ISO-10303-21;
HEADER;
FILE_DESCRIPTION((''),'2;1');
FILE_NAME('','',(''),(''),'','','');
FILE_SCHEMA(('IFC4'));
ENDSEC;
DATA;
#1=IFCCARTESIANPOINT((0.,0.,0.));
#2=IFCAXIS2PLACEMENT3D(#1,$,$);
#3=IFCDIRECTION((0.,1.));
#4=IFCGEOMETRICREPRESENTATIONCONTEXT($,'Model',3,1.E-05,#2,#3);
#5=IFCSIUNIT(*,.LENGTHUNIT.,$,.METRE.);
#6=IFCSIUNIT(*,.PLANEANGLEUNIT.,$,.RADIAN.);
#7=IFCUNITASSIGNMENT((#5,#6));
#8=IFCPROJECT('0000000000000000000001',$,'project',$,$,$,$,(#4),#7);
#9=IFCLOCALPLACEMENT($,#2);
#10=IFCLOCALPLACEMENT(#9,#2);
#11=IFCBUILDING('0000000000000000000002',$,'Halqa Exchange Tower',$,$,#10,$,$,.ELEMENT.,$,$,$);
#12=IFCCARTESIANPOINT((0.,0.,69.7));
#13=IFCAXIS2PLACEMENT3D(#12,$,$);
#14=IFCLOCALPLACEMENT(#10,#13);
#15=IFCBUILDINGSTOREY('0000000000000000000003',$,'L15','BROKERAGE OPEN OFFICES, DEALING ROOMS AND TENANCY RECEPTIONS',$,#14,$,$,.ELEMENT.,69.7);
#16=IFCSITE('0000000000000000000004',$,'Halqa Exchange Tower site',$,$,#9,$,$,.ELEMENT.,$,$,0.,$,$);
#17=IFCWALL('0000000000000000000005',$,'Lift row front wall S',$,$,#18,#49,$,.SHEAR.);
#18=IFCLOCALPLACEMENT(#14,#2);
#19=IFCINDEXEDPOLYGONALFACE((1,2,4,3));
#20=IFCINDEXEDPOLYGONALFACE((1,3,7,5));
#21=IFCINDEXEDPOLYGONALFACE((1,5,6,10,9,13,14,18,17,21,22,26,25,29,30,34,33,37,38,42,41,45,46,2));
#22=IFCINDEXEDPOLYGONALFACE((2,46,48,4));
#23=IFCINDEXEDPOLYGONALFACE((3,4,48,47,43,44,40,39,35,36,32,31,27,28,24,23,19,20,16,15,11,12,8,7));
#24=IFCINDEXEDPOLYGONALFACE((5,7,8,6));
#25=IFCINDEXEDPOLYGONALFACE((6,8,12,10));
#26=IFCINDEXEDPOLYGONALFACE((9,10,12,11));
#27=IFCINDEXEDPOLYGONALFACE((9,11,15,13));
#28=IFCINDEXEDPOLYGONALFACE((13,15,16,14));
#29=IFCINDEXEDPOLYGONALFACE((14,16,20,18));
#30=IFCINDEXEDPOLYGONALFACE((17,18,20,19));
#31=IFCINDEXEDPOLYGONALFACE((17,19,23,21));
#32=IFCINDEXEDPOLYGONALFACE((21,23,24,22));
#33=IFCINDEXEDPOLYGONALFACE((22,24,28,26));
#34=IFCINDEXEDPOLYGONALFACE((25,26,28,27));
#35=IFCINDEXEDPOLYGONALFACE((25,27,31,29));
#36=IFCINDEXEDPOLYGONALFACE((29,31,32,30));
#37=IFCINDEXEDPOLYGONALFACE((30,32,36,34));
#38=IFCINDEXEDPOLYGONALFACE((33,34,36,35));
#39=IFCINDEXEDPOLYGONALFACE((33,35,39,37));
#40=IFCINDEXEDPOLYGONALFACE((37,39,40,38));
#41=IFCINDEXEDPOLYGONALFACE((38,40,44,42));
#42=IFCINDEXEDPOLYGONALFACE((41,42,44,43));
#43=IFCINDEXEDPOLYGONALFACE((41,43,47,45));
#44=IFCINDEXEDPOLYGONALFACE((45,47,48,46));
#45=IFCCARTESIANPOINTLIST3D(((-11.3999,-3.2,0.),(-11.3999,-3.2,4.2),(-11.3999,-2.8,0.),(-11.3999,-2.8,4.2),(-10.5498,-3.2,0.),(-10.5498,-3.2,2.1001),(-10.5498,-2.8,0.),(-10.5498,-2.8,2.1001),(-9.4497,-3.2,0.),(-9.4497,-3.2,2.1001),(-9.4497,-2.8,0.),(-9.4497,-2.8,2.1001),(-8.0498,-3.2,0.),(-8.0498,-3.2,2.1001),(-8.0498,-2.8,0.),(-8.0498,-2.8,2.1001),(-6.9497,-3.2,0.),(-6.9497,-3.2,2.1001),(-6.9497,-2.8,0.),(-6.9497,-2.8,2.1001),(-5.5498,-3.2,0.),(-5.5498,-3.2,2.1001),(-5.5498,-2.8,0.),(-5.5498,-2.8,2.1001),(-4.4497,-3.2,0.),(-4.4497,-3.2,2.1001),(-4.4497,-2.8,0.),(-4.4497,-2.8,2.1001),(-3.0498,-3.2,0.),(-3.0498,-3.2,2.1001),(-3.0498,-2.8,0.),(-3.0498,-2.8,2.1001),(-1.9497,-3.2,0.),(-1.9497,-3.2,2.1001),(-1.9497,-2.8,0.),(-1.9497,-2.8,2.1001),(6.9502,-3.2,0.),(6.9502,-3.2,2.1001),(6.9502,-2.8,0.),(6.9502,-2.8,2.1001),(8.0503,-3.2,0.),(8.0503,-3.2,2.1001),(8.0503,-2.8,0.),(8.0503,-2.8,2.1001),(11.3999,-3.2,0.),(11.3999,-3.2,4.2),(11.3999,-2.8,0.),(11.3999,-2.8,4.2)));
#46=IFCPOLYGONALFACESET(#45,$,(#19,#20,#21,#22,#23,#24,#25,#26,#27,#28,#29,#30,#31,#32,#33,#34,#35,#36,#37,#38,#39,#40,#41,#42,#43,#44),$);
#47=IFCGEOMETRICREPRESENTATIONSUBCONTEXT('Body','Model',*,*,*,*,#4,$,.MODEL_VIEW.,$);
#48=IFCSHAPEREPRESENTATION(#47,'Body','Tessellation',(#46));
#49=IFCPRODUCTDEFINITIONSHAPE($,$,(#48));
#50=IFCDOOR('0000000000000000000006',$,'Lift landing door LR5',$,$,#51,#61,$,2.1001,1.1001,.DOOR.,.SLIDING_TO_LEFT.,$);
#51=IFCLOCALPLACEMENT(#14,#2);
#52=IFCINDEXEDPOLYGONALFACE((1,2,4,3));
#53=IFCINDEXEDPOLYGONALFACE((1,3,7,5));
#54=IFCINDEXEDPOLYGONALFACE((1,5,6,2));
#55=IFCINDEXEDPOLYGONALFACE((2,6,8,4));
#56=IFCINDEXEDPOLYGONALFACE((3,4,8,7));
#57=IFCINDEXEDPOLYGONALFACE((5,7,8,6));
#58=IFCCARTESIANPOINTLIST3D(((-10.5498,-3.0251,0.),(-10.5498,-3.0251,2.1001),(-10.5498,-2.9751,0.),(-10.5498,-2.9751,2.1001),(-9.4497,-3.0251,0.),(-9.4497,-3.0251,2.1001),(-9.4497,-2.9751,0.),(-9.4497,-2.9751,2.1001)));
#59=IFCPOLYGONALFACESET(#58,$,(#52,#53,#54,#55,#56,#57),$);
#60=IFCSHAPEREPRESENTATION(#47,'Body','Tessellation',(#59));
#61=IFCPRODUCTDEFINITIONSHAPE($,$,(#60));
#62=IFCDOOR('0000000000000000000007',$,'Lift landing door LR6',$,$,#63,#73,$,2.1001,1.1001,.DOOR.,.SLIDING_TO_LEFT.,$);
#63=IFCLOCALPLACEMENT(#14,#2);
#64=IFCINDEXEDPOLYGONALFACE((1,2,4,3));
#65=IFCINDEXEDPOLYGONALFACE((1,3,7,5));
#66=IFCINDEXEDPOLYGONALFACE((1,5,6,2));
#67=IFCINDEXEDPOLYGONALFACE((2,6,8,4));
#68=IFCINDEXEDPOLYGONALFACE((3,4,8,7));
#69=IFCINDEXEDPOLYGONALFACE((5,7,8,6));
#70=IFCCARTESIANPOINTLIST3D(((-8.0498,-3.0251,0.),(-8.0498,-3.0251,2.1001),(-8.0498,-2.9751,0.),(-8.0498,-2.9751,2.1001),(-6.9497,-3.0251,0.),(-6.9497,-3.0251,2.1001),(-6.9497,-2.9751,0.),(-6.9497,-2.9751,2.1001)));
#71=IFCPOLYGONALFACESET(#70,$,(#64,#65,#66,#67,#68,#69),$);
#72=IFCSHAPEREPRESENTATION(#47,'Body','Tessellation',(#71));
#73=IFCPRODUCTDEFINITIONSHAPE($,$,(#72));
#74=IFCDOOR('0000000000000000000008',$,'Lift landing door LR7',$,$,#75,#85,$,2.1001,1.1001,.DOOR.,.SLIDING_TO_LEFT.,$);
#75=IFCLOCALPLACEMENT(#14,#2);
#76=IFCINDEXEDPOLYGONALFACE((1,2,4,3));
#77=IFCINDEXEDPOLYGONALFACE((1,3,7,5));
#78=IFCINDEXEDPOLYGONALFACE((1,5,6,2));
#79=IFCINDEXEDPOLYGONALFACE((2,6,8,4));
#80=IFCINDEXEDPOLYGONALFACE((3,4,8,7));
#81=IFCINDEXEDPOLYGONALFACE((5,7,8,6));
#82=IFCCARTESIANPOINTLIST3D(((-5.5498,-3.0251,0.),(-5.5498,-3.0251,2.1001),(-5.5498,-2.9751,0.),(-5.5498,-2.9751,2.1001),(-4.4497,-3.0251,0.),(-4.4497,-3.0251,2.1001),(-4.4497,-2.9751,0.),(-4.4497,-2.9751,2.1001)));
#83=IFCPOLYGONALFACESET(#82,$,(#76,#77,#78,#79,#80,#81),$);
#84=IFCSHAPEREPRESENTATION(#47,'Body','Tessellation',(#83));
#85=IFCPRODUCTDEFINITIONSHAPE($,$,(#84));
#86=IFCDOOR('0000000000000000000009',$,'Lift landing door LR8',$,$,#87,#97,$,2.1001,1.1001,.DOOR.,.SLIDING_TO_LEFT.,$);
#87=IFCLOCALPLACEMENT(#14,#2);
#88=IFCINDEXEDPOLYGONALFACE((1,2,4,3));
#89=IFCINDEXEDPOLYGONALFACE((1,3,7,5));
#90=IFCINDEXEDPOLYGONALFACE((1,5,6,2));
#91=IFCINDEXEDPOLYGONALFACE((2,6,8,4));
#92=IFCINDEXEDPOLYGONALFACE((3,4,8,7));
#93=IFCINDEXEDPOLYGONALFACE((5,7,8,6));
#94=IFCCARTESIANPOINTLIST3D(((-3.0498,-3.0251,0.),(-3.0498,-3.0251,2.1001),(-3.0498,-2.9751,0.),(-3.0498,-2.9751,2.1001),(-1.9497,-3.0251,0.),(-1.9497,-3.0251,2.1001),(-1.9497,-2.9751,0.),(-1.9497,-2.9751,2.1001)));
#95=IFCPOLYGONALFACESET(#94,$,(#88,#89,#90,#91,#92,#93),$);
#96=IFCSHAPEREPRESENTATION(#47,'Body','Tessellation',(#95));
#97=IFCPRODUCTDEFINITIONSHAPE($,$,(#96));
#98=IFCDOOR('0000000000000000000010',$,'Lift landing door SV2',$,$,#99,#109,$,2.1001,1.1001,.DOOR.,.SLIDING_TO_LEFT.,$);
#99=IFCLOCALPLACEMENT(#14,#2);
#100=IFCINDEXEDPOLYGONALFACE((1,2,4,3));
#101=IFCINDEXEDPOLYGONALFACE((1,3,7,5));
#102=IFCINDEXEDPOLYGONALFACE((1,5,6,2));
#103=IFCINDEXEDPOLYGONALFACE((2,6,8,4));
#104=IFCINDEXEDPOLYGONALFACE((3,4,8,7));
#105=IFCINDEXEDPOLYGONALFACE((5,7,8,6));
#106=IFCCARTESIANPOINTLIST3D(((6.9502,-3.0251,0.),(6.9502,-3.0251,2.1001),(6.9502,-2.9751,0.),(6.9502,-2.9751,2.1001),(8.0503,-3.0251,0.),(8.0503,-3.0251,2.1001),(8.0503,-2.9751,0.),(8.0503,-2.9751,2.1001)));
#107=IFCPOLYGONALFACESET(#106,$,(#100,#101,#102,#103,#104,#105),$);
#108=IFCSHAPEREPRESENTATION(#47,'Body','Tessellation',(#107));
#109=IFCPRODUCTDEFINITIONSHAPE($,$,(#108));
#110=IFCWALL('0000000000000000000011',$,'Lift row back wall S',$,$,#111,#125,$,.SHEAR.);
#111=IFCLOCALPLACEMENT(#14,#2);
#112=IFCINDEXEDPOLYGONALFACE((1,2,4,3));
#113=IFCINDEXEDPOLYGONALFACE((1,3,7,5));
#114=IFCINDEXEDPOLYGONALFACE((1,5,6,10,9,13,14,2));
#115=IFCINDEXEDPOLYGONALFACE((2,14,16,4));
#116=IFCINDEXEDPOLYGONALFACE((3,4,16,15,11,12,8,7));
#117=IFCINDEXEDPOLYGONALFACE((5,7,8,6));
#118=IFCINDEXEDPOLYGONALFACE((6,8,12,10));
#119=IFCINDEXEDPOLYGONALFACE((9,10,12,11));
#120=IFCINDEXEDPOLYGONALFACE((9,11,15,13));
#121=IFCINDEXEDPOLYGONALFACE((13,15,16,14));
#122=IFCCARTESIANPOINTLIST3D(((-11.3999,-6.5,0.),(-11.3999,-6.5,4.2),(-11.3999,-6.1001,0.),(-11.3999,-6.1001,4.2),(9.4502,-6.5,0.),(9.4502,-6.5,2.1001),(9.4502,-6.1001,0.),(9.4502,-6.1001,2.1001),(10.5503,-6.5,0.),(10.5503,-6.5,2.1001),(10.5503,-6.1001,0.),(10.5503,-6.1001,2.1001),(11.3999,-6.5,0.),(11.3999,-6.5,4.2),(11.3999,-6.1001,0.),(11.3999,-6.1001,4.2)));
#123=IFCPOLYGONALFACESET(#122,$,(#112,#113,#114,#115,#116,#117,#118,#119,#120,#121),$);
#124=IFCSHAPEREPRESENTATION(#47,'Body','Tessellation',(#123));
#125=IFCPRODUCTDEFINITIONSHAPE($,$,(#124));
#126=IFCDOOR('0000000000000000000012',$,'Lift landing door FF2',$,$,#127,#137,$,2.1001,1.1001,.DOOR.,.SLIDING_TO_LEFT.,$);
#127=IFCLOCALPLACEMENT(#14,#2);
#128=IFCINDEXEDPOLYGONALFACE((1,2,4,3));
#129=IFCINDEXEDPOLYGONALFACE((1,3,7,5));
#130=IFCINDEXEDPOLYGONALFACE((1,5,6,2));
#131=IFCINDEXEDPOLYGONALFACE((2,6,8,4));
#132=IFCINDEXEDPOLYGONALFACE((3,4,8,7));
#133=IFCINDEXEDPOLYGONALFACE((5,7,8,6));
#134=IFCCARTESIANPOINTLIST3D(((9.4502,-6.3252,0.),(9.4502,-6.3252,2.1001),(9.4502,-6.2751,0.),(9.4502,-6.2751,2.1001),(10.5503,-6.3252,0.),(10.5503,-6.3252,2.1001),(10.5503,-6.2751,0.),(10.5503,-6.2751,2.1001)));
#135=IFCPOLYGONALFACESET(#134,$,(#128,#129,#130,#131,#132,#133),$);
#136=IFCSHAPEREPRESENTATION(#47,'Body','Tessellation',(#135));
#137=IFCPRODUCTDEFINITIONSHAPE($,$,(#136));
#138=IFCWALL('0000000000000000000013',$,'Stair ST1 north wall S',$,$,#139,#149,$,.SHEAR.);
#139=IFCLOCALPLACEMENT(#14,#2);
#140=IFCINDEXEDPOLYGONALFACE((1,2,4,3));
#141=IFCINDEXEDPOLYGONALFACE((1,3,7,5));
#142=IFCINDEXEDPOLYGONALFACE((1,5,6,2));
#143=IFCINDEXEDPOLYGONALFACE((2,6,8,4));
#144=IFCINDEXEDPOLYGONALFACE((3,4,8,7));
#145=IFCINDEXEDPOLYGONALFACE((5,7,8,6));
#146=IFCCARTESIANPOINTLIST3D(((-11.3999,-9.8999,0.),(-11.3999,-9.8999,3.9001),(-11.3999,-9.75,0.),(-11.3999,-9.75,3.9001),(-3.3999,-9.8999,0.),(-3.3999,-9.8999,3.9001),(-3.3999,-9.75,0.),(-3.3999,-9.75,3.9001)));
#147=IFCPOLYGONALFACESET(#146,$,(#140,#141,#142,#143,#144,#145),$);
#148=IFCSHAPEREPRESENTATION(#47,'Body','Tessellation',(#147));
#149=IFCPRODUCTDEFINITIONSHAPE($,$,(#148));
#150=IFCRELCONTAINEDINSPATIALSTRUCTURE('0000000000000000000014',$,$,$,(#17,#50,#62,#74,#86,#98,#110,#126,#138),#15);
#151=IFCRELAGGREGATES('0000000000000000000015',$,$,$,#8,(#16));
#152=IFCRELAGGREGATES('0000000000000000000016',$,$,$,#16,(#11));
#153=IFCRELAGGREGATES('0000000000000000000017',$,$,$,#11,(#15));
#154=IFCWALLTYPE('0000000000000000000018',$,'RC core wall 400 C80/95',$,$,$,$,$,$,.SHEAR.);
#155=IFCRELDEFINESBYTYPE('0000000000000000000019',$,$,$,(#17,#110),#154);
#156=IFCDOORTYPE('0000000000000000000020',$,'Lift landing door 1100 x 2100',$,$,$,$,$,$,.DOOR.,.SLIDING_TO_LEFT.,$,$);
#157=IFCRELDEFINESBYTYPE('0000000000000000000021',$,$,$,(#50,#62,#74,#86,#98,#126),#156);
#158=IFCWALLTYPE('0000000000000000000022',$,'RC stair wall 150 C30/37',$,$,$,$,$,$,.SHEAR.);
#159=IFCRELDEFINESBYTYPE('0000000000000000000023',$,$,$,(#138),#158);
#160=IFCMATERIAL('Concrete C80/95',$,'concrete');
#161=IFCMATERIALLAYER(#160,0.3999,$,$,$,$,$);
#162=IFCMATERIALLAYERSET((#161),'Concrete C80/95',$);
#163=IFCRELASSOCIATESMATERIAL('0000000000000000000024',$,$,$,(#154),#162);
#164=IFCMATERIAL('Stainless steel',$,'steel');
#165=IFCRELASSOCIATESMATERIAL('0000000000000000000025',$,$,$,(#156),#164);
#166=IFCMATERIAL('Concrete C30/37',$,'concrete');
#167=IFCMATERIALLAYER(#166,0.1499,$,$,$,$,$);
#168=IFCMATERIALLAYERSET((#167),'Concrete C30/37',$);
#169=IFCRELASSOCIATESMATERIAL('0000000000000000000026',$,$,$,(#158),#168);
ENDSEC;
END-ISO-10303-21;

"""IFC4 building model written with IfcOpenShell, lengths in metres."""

from ifc_helpers import new_model, si_unit, direction, frame, frame_2d, origin, place, context, subcontext, project, spatial, rectangle, extrude, material, layer, layer_set, type_object, element, fill, save


model = new_model("IFC4")

# Units and contexts
model_context = context("Model", 3, precision=1e-05, world=origin(), true_north=direction((0.0, 1.0)))
body_context = subcontext(model_context, "Body", "Model", "MODEL_VIEW")
ifc_project = project(units=[si_unit("LENGTHUNIT", "METRE"), si_unit("PLANEANGLEUNIT", "RADIAN")], contexts=[model_context])

# Site, building, storey
site_placement = place(None, origin())
site = spatial("IfcSite", under=ifc_project, at=site_placement, Name="Halqa Exchange Tower site", CompositionType="ELEMENT", RefElevation=0.0)
building_placement = place(site_placement, origin())
building = spatial("IfcBuilding", under=site, at=building_placement, Name="Halqa Exchange Tower", CompositionType="ELEMENT")
storey_placement = place(building_placement, frame((0.0, 0.0, 69.7)))
storey = spatial("IfcBuildingStorey", under=building, at=storey_placement, Name="L15", Description="BROKERAGE OPEN OFFICES, DEALING ROOMS AND TENANCY RECEPTIONS", CompositionType="ELEMENT", Elevation=69.7)

# Wall, openings, doors
ifc_material_1 = material(Name="Concrete C80/95", Category="concrete")
ifc_layer_1 = layer(ifc_material_1, 0.3999)
ifc_layer_set_1 = layer_set([ifc_layer_1], Name="Concrete C80/95")
wall_type_1 = type_object("IfcWallType", Name="RC core wall 400 C80/95", PredefinedType="SHEAR", material=ifc_layer_set_1)
wall_1_placement = place(storey_placement, frame((-11.3999, -3.0, 0.0), z_axis=(0.0, 0.0, 1.0), x_axis=(1.0, 0.0, 0.0)))
wall_1 = element("IfcWall", 1, at=wall_1_placement, inside=storey, type_object=wall_type_1, Name="Lift row front wall S", PredefinedType="SHEAR", context=body_context, shape_type="SweptSolid", body=[
    extrude(rectangle(XDim=22.7998, YDim=0.3999, at=frame_2d((11.3999, 0.0))), origin(), (0.0, 0.0, 1.0), 4.2),
])
opening_1_placement = place(wall_1_placement, frame((0.8501, 0.0, 0.0)))
opening_1 = element("IfcOpeningElement", 2, at=opening_1_placement, cuts=wall_1, PredefinedType="OPENING", context=body_context, shape_type="SweptSolid", body=[
    extrude(rectangle(XDim=1.1001, YDim=2.1001, at=frame_2d((0.55, 1.05))), frame((0.0, 0.2119, 0.0), z_axis=(0.0, -1.0, 0.0), x_axis=(1.0, 0.0, 0.0)), (0.0, 0.0, 1.0), 0.4238),
])
opening_2_placement = place(wall_1_placement, frame((3.3501, 0.0, 0.0)))
opening_2 = element("IfcOpeningElement", 3, at=opening_2_placement, cuts=wall_1, PredefinedType="OPENING", context=body_context, shape_type="SweptSolid", body=[
    extrude(rectangle(XDim=1.1001, YDim=2.1001, at=frame_2d((0.55, 1.05))), frame((0.0, 0.2119, 0.0), z_axis=(0.0, -1.0, 0.0), x_axis=(1.0, 0.0, 0.0)), (0.0, 0.0, 1.0), 0.4238),
])
opening_3_placement = place(wall_1_placement, frame((5.8501, 0.0, 0.0)))
opening_3 = element("IfcOpeningElement", 4, at=opening_3_placement, cuts=wall_1, PredefinedType="OPENING", context=body_context, shape_type="SweptSolid", body=[
    extrude(rectangle(XDim=1.1001, YDim=2.1001, at=frame_2d((0.55, 1.05))), frame((0.0, 0.2119, 0.0), z_axis=(0.0, -1.0, 0.0), x_axis=(1.0, 0.0, 0.0)), (0.0, 0.0, 1.0), 0.4238),
])
opening_4_placement = place(wall_1_placement, frame((8.3501, 0.0, 0.0)))
opening_4 = element("IfcOpeningElement", 5, at=opening_4_placement, cuts=wall_1, PredefinedType="OPENING", context=body_context, shape_type="SweptSolid", body=[
    extrude(rectangle(XDim=1.1001, YDim=2.1001, at=frame_2d((0.55, 1.05))), frame((0.0, 0.2119, 0.0), z_axis=(0.0, -1.0, 0.0), x_axis=(1.0, 0.0, 0.0)), (0.0, 0.0, 1.0), 0.4238),
])
opening_5_placement = place(wall_1_placement, frame((18.3501, 0.0, 0.0)))
opening_5 = element("IfcOpeningElement", 6, at=opening_5_placement, cuts=wall_1, PredefinedType="OPENING", context=body_context, shape_type="SweptSolid", body=[
    extrude(rectangle(XDim=1.1001, YDim=2.1001, at=frame_2d((0.55, 1.05))), frame((0.0, 0.2119, 0.0), z_axis=(0.0, -1.0, 0.0), x_axis=(1.0, 0.0, 0.0)), (0.0, 0.0, 1.0), 0.4238),
])
ifc_material_2 = material(Name="Stainless steel", Category="steel")
door_type = type_object("IfcDoorType", Name="Lift landing door 1100 x 2100", OperationType="SLIDING_TO_LEFT", PredefinedType="DOOR", material=ifc_material_2)
door_1_placement = place(opening_1_placement, origin())
door_1 = element("IfcDoor", 7, at=door_1_placement, inside=storey, type_object=door_type, Name="Lift landing door LR5", OperationType="SLIDING_TO_LEFT", OverallHeight=2.1001, OverallWidth=1.1001, PredefinedType="DOOR", context=body_context, shape_type="SweptSolid", body=[
    extrude(rectangle(XDim=1.1001, YDim=2.1001, at=frame_2d((0.55, 1.05))), frame((0.0, 0.0249, 0.0), z_axis=(0.0, -1.0, 0.0), x_axis=(1.0, 0.0, 0.0)), (0.0, 0.0, 1.0), 0.05),
])
fill(opening_1, door_1)
door_2_placement = place(opening_2_placement, origin())
door_2 = element("IfcDoor", 8, at=door_2_placement, inside=storey, type_object=door_type, Name="Lift landing door LR6", OperationType="SLIDING_TO_LEFT", OverallHeight=2.1001, OverallWidth=1.1001, PredefinedType="DOOR", context=body_context, shape_type="SweptSolid", body=[
    extrude(rectangle(XDim=1.1001, YDim=2.1001, at=frame_2d((0.55, 1.05))), frame((0.0, 0.0249, 0.0), z_axis=(0.0, -1.0, 0.0), x_axis=(1.0, 0.0, 0.0)), (0.0, 0.0, 1.0), 0.05),
])
fill(opening_2, door_2)
door_3_placement = place(opening_3_placement, origin())
door_3 = element("IfcDoor", 9, at=door_3_placement, inside=storey, type_object=door_type, Name="Lift landing door LR7", OperationType="SLIDING_TO_LEFT", OverallHeight=2.1001, OverallWidth=1.1001, PredefinedType="DOOR", context=body_context, shape_type="SweptSolid", body=[
    extrude(rectangle(XDim=1.1001, YDim=2.1001, at=frame_2d((0.55, 1.05))), frame((0.0, 0.0249, 0.0), z_axis=(0.0, -1.0, 0.0), x_axis=(1.0, 0.0, 0.0)), (0.0, 0.0, 1.0), 0.05),
])
fill(opening_3, door_3)
door_4_placement = place(opening_4_placement, origin())
door_4 = element("IfcDoor", 10, at=door_4_placement, inside=storey, type_object=door_type, Name="Lift landing door LR8", OperationType="SLIDING_TO_LEFT", OverallHeight=2.1001, OverallWidth=1.1001, PredefinedType="DOOR", context=body_context, shape_type="SweptSolid", body=[
    extrude(rectangle(XDim=1.1001, YDim=2.1001, at=frame_2d((0.55, 1.05))), frame((0.0, 0.0249, 0.0), z_axis=(0.0, -1.0, 0.0), x_axis=(1.0, 0.0, 0.0)), (0.0, 0.0, 1.0), 0.05),
])
fill(opening_4, door_4)
door_5_placement = place(opening_5_placement, origin())
door_5 = element("IfcDoor", 11, at=door_5_placement, inside=storey, type_object=door_type, Name="Lift landing door SV2", OperationType="SLIDING_TO_LEFT", OverallHeight=2.1001, OverallWidth=1.1001, PredefinedType="DOOR", context=body_context, shape_type="SweptSolid", body=[
    extrude(rectangle(XDim=1.1001, YDim=2.1001, at=frame_2d((0.55, 1.05))), frame((0.0, 0.0249, 0.0), z_axis=(0.0, -1.0, 0.0), x_axis=(1.0, 0.0, 0.0)), (0.0, 0.0, 1.0), 0.05),
])
fill(opening_5, door_5)

# Wall, opening, door
wall_2_placement = place(storey_placement, frame((-11.3999, -6.3, 0.0), z_axis=(0.0, 0.0, 1.0), x_axis=(1.0, 0.0, 0.0)))
wall_2 = element("IfcWall", 12, at=wall_2_placement, inside=storey, type_object=wall_type_1, Name="Lift row back wall S", PredefinedType="SHEAR", context=body_context, shape_type="SweptSolid", body=[
    extrude(rectangle(XDim=22.7998, YDim=0.3999, at=frame_2d((11.3999, 0.0))), origin(), (0.0, 0.0, 1.0), 4.2),
])
opening_6_placement = place(wall_2_placement, frame((20.8501, 0.0, 0.0)))
opening_6 = element("IfcOpeningElement", 13, at=opening_6_placement, cuts=wall_2, PredefinedType="OPENING", context=body_context, shape_type="SweptSolid", body=[
    extrude(rectangle(XDim=1.1001, YDim=2.1001, at=frame_2d((0.55, 1.05))), frame((0.0, 0.2119, 0.0), z_axis=(0.0, -1.0, 0.0), x_axis=(1.0, 0.0, 0.0)), (0.0, 0.0, 1.0), 0.4238),
])
door_6_placement = place(opening_6_placement, origin())
door_6 = element("IfcDoor", 14, at=door_6_placement, inside=storey, type_object=door_type, Name="Lift landing door FF2", OperationType="SLIDING_TO_LEFT", OverallHeight=2.1001, OverallWidth=1.1001, PredefinedType="DOOR", context=body_context, shape_type="SweptSolid", body=[
    extrude(rectangle(XDim=1.1001, YDim=2.1001, at=frame_2d((0.55, 1.05))), frame((0.0, 0.0249, 0.0), z_axis=(0.0, -1.0, 0.0), x_axis=(1.0, 0.0, 0.0)), (0.0, 0.0, 1.0), 0.05),
])
fill(opening_6, door_6)

# Wall
ifc_material_3 = material(Name="Concrete C30/37", Category="concrete")
ifc_layer_2 = layer(ifc_material_3, 0.1499)
ifc_layer_set_2 = layer_set([ifc_layer_2], Name="Concrete C30/37")
wall_type_2 = type_object("IfcWallType", Name="RC stair wall 150 C30/37", PredefinedType="SHEAR", material=ifc_layer_set_2)
wall_3_placement = place(storey_placement, frame((-11.3999, -9.825, 0.0), z_axis=(0.0, 0.0, 1.0), x_axis=(1.0, 0.0, 0.0)))
element("IfcWall", 15, at=wall_3_placement, inside=storey, type_object=wall_type_2, Name="Stair ST1 north wall S", PredefinedType="SHEAR", context=body_context, shape_type="SweptSolid", body=[
    extrude(rectangle(XDim=8.0, YDim=0.1499, at=frame_2d((4.0, 0.0))), origin(), (0.0, 0.0, 1.0), 3.9001),
])

save(model, "model.ifc")
